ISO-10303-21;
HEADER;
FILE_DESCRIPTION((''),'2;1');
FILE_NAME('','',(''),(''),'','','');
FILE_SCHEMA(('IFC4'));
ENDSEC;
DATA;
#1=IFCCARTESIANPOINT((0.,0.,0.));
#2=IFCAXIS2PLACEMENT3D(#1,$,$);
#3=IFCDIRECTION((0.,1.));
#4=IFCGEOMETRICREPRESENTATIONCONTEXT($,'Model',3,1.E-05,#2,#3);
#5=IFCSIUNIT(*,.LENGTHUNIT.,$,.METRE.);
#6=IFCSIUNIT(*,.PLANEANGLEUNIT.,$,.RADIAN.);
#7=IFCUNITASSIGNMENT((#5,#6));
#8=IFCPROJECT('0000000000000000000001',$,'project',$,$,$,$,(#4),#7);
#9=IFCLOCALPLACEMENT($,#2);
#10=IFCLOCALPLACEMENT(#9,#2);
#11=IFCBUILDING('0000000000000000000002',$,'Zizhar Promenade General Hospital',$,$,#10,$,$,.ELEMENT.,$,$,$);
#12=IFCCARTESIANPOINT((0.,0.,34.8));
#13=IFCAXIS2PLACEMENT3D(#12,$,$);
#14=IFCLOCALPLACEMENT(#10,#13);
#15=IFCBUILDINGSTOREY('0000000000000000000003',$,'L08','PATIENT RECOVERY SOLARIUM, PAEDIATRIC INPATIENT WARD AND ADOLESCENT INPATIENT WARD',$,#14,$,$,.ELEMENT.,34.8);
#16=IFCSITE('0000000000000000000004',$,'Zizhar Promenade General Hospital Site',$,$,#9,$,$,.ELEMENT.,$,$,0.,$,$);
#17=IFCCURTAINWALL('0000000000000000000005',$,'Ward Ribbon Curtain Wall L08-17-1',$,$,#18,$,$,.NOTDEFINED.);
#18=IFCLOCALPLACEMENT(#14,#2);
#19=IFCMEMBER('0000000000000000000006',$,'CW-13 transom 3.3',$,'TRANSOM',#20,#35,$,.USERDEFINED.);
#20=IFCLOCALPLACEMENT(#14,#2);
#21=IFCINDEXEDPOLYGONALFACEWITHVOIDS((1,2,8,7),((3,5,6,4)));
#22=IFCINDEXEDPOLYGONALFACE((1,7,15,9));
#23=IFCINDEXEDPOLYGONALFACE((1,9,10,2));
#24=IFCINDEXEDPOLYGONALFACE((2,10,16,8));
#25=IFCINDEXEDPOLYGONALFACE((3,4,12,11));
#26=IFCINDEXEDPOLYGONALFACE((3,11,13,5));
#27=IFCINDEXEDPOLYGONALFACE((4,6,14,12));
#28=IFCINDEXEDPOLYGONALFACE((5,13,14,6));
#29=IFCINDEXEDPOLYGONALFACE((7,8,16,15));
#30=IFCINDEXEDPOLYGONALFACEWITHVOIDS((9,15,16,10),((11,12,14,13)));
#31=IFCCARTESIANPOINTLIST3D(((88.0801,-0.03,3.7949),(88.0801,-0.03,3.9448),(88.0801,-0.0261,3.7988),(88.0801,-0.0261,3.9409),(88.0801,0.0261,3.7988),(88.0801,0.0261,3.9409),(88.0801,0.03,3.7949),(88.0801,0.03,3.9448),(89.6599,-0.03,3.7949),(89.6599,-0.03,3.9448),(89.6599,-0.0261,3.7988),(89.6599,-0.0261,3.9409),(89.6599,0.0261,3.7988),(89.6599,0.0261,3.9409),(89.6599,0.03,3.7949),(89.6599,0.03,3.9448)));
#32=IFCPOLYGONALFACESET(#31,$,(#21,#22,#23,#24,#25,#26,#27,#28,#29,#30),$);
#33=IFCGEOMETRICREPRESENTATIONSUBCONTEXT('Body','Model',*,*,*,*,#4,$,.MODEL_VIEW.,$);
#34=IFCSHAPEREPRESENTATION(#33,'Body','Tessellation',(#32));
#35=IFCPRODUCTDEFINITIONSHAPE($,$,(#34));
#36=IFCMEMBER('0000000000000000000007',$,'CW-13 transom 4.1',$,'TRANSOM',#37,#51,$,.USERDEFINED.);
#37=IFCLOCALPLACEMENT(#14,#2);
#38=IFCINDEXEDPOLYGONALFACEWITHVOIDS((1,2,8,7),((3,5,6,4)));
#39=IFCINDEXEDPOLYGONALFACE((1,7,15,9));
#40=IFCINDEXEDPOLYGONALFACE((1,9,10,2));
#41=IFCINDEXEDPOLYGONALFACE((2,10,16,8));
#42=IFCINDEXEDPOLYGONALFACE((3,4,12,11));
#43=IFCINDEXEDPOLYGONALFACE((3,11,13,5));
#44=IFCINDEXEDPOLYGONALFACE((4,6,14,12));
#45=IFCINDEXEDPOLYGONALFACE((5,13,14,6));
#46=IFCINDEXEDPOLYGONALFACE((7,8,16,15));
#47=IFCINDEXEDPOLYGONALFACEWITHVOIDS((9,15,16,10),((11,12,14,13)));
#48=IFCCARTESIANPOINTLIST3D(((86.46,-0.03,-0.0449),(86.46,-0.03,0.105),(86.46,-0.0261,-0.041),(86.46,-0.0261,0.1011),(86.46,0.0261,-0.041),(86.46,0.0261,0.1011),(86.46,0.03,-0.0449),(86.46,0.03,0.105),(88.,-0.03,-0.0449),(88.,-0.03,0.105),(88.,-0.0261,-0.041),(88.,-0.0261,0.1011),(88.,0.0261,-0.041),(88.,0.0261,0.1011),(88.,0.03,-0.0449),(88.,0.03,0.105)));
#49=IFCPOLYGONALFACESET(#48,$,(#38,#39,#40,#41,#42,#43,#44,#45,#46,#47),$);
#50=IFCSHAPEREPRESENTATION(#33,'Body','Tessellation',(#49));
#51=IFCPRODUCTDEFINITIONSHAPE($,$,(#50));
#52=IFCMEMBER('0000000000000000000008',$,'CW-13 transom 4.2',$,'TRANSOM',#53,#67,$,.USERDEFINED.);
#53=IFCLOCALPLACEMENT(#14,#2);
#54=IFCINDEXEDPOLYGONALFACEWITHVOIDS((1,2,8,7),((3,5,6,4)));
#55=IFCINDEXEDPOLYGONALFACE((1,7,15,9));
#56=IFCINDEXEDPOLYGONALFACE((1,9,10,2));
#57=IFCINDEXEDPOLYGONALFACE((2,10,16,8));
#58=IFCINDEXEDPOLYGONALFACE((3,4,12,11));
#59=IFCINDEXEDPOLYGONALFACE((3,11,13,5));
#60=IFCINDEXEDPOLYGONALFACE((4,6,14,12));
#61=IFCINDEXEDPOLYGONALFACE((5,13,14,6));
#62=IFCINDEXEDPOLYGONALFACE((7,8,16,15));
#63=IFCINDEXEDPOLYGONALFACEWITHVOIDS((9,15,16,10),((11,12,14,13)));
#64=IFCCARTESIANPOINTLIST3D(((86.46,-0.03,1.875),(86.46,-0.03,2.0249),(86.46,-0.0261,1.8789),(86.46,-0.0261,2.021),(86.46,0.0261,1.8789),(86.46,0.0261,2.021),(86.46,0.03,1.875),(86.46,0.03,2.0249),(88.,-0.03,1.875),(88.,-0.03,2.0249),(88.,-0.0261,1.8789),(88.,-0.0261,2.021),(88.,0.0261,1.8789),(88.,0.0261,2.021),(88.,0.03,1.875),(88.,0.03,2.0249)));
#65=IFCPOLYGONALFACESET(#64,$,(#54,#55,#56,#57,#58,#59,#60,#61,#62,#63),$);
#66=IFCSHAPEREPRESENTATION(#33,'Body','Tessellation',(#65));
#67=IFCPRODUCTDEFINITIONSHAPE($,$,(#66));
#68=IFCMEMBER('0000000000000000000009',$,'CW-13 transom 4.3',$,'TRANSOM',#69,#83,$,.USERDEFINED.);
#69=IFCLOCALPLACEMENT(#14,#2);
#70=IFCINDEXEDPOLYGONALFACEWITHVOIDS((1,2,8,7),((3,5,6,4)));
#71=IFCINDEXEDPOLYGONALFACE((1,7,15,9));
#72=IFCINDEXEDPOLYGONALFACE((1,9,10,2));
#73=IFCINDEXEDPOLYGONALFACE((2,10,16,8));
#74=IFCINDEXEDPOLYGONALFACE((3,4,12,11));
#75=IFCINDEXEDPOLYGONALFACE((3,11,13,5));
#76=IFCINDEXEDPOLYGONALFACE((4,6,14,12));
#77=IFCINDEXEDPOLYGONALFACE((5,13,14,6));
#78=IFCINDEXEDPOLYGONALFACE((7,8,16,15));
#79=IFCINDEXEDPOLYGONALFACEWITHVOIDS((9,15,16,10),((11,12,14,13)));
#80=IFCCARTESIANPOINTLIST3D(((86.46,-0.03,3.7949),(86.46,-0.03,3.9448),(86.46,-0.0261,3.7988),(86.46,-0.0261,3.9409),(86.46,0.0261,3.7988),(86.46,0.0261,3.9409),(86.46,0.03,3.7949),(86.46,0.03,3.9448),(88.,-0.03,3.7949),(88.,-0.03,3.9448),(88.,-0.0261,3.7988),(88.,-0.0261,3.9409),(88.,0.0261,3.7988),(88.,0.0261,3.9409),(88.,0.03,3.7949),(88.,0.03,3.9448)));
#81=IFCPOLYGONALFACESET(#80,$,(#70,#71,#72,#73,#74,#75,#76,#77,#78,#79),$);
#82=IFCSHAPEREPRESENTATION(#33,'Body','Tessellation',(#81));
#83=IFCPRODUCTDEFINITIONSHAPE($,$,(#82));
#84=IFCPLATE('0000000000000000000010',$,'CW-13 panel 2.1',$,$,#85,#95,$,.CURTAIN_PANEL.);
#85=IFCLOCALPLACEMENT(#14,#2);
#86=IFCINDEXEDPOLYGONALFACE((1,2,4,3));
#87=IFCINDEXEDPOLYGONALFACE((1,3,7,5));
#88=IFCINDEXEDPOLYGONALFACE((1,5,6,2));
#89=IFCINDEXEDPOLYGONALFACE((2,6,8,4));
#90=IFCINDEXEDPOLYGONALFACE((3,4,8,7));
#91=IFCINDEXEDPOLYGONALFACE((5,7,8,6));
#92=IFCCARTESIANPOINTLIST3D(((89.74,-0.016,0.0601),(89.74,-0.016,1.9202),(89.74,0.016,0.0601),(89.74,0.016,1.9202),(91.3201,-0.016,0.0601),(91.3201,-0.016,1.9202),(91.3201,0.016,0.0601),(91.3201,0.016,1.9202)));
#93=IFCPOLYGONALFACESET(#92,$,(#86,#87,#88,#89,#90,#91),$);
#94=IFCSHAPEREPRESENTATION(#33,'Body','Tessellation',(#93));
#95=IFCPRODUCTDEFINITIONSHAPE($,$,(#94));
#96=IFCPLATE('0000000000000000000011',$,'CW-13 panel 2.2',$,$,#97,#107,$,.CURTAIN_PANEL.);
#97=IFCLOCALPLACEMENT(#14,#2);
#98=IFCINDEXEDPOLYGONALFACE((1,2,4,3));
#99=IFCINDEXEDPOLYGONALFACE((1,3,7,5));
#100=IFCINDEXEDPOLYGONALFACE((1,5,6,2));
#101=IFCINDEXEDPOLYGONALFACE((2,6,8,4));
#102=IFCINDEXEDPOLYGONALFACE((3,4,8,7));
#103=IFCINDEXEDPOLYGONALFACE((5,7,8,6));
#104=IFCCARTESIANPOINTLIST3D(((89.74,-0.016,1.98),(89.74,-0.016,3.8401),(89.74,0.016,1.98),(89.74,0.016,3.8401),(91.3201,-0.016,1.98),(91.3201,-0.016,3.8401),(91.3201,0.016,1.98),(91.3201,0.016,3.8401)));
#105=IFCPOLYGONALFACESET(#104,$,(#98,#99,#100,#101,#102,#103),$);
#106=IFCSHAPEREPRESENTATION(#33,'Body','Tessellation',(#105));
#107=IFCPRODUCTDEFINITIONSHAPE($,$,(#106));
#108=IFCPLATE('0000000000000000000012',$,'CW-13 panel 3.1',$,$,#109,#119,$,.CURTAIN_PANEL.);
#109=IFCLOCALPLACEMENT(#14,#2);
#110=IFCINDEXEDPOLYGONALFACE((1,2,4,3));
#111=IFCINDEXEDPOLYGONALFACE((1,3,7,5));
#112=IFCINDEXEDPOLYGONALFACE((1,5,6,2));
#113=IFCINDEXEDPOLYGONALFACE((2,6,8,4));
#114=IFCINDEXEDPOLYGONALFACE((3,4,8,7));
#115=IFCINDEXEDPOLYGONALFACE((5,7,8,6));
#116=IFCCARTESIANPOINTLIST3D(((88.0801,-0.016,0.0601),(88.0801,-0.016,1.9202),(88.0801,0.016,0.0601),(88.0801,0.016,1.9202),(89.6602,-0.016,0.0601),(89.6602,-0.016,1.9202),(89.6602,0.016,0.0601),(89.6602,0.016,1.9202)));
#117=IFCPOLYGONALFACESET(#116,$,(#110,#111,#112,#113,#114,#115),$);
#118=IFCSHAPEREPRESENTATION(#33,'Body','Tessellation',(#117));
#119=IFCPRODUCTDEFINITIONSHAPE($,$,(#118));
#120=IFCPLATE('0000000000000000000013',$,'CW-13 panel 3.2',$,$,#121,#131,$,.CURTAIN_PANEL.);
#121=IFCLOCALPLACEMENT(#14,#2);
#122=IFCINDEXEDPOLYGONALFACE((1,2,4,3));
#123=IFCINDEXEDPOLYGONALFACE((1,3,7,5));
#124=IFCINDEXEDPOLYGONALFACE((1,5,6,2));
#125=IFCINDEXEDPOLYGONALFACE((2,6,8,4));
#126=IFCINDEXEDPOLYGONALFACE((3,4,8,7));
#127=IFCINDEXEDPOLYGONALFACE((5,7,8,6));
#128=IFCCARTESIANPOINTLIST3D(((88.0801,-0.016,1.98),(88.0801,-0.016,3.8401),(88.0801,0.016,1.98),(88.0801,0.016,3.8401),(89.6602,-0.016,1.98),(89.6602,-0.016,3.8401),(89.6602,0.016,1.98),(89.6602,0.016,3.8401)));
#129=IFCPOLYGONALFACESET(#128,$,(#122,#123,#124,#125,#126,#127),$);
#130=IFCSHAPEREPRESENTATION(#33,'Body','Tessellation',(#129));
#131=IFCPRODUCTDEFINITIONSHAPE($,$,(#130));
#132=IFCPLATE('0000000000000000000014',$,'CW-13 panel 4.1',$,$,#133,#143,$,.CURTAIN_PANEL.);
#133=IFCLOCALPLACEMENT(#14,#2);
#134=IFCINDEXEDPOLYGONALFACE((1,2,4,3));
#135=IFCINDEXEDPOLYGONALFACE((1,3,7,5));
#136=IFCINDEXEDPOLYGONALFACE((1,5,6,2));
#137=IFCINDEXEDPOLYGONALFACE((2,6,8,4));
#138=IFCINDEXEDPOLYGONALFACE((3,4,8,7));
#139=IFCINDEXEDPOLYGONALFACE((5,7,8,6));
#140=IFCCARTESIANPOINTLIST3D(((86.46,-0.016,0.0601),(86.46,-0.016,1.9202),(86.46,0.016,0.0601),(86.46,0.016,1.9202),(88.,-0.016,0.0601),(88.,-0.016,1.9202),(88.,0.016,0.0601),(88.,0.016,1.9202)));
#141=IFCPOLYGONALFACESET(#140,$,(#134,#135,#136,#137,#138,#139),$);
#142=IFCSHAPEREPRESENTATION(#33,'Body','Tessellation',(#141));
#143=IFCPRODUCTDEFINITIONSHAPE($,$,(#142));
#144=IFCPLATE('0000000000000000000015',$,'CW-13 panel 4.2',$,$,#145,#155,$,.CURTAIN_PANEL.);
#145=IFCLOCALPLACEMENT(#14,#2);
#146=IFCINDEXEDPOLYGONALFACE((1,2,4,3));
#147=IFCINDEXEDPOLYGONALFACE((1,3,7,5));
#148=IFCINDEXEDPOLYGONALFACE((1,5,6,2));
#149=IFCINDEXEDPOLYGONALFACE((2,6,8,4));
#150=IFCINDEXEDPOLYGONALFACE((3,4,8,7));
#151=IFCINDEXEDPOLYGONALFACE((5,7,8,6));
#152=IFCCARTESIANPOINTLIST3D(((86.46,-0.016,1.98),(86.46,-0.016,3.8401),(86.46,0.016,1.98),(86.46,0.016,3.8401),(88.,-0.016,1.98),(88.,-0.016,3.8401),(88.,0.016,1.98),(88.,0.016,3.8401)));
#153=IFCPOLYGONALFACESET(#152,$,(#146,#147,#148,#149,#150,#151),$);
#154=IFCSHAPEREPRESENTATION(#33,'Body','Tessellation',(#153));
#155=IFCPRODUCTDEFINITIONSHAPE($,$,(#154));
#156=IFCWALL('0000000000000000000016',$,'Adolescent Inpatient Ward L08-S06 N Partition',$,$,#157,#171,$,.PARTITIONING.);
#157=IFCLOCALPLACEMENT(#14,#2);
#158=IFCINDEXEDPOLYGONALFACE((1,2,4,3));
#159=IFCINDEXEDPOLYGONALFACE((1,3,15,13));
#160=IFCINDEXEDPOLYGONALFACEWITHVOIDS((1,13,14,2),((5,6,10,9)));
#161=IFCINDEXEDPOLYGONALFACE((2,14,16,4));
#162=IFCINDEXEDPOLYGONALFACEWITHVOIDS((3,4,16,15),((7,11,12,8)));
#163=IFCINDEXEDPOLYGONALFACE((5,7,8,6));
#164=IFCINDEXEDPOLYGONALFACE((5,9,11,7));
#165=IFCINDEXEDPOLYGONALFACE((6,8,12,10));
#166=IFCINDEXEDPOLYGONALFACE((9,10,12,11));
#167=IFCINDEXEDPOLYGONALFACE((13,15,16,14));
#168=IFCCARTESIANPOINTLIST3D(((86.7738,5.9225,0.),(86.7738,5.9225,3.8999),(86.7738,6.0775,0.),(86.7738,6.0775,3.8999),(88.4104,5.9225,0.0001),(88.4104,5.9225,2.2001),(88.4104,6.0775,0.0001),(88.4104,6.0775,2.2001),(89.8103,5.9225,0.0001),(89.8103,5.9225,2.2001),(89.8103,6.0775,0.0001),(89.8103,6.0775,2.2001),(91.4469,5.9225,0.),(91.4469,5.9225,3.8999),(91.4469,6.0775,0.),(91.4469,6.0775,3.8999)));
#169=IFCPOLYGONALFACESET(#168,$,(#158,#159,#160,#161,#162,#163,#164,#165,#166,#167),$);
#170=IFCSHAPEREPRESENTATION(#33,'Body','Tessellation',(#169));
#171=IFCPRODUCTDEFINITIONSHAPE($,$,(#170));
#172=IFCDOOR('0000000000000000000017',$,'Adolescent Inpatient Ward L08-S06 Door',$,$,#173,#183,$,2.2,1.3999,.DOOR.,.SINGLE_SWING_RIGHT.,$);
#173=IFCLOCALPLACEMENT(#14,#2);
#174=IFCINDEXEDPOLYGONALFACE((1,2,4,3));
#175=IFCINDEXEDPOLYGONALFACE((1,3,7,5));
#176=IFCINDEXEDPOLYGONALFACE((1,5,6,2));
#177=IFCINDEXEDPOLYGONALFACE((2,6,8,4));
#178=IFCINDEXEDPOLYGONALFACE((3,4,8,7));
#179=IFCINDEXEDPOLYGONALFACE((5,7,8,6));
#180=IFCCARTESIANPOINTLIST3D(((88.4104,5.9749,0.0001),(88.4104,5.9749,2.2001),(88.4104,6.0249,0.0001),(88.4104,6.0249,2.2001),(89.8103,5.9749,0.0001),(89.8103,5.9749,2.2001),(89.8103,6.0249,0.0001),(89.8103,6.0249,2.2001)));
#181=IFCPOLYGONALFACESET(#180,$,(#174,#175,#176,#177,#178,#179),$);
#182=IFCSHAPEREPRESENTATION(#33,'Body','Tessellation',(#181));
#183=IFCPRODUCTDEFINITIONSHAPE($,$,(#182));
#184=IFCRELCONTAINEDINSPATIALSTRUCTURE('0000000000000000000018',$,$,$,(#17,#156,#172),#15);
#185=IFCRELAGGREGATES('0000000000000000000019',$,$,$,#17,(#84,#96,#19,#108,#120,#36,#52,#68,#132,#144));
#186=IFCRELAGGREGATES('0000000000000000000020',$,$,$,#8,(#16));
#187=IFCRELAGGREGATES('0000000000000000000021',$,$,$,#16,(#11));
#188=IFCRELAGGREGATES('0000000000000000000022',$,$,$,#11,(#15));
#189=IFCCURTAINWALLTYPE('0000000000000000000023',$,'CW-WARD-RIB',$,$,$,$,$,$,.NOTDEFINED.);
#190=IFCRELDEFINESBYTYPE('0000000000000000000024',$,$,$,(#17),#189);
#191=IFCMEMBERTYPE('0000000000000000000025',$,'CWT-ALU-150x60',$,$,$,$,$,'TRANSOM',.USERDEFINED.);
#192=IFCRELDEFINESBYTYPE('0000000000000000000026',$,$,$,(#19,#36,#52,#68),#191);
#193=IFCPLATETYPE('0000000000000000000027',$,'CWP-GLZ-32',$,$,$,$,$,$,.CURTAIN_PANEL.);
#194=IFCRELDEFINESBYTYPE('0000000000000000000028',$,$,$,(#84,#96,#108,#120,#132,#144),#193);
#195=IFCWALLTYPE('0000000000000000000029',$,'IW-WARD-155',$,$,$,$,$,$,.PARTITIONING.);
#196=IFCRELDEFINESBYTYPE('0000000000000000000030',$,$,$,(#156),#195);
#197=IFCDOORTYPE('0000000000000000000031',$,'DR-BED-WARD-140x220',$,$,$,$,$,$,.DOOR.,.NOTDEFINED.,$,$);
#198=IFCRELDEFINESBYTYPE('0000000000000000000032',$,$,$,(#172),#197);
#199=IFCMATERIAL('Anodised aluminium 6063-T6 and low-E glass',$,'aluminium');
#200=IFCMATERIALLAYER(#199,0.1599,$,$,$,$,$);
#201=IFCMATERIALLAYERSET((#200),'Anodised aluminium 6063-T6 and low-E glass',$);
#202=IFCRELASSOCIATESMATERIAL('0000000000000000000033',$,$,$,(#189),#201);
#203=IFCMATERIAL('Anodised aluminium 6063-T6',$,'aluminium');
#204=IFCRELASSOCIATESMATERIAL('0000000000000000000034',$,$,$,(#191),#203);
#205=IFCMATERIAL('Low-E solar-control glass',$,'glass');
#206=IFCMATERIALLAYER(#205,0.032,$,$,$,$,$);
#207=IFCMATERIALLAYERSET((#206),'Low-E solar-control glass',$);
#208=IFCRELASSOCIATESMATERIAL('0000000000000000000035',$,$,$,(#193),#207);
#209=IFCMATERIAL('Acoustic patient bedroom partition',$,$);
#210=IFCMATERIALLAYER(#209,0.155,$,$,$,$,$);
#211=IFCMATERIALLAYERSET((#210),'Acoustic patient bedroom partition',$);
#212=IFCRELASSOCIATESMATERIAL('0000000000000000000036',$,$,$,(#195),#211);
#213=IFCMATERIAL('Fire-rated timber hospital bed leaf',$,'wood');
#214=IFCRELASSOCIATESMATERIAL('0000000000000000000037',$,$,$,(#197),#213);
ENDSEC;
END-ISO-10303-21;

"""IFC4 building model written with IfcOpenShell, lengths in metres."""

from ifc_helpers import new_model, si_unit, direction, frame, frame_2d, origin, origin_2d, place, context, subcontext, project, spatial, rectangle, hollow_rectangle, extrude, material, layer, layer_set, material_profile, profile_set, type_object, element, fill, aggregate, save


model = new_model("IFC4")

# Units and contexts
model_context = context("Model", 3, precision=1e-05, world=origin(), true_north=direction((0.0, 1.0)))
body_context = subcontext(model_context, "Body", "Model", "MODEL_VIEW")
ifc_project = project(units=[si_unit("LENGTHUNIT", "METRE"), si_unit("PLANEANGLEUNIT", "RADIAN")], contexts=[model_context])

# Site, building, storey
site_placement = place(None, origin())
site = spatial("IfcSite", under=ifc_project, at=site_placement, Name="Zizhar Promenade General Hospital Site", CompositionType="ELEMENT", RefElevation=0.0)
building_placement = place(site_placement, origin())
building = spatial("IfcBuilding", under=site, at=building_placement, Name="Zizhar Promenade General Hospital", CompositionType="ELEMENT")
storey_placement = place(building_placement, frame((0.0, 0.0, 34.8)))
storey = spatial("IfcBuildingStorey", under=building, at=storey_placement, Name="L08", Description="PATIENT RECOVERY SOLARIUM, PAEDIATRIC INPATIENT WARD AND ADOLESCENT INPATIENT WARD", CompositionType="ELEMENT", Elevation=34.8)

# Curtain wall, members, plates
ifc_material_1 = material(Name="Anodised aluminium 6063-T6 and low-E glass", Category="aluminium")
ifc_layer_1 = layer(ifc_material_1, 0.1599)
ifc_layer_set_1 = layer_set([ifc_layer_1], Name="Anodised aluminium 6063-T6 and low-E glass")
curtain_wall_type = type_object("IfcCurtainWallType", Name="CW-WARD-RIB", PredefinedType="NOTDEFINED", material=ifc_layer_set_1)
curtain_wall_placement = place(storey_placement, origin())
curtain_wall = element("IfcCurtainWall", 1, at=curtain_wall_placement, inside=storey, type_object=curtain_wall_type, Name="Ward Ribbon Curtain Wall L08-17-1", PredefinedType="NOTDEFINED")
ifc_material_2 = material(Name="Anodised aluminium 6063-T6", Category="aluminium")
ifc_material_profile_1 = material_profile(ifc_material_2, hollow_rectangle(XDim=0.0601, YDim=0.1499, WallThickness=0.0039, at=origin_2d()))
ifc_profile_set_1 = profile_set([ifc_material_profile_1], Name="Anodised aluminium 6063-T6")
member_type_1 = type_object("IfcMemberType", Name="CWT-ALU-150x60", ElementType="TRANSOM", PredefinedType="USERDEFINED", material=ifc_profile_set_1)
member_1_placement = place(storey_placement, frame((89.6599, 0.0, 3.8699), z_axis=(-1.0, 0.0, 0.0), x_axis=(0.0, -1.0, 0.0)))
member_1 = element("IfcMember", 2, at=member_1_placement, type_object=member_type_1, Name="CW-13 transom 3.3", ObjectType="TRANSOM", PredefinedType="USERDEFINED", context=body_context, shape_type="SweptSolid", body=[
    extrude(hollow_rectangle(XDim=0.0601, YDim=0.1499, WallThickness=0.0039, at=origin_2d()), origin(), (0.0, 0.0, 1.0), 1.5798),
])
member_2_placement = place(storey_placement, frame((88.0, 0.0, 0.03), z_axis=(-1.0, 0.0, 0.0), x_axis=(0.0, -1.0, 0.0)))
member_2 = element("IfcMember", 3, at=member_2_placement, type_object=member_type_1, Name="CW-13 transom 4.1", ObjectType="TRANSOM", PredefinedType="USERDEFINED", context=body_context, shape_type="SweptSolid", body=[
    extrude(hollow_rectangle(XDim=0.0601, YDim=0.1499, WallThickness=0.0039, at=origin_2d()), origin(), (0.0, 0.0, 1.0), 1.54),
])
member_3_placement = place(storey_placement, frame((88.0, 0.0, 1.95), z_axis=(-1.0, 0.0, 0.0), x_axis=(0.0, -1.0, 0.0)))
member_3 = element("IfcMember", 4, at=member_3_placement, type_object=member_type_1, Name="CW-13 transom 4.2", ObjectType="TRANSOM", PredefinedType="USERDEFINED", context=body_context, shape_type="SweptSolid", body=[
    extrude(hollow_rectangle(XDim=0.0601, YDim=0.1499, WallThickness=0.0039, at=origin_2d()), origin(), (0.0, 0.0, 1.0), 1.54),
])
member_4_placement = place(storey_placement, frame((88.0, 0.0, 3.8699), z_axis=(-1.0, 0.0, 0.0), x_axis=(0.0, -1.0, 0.0)))
member_4 = element("IfcMember", 5, at=member_4_placement, type_object=member_type_1, Name="CW-13 transom 4.3", ObjectType="TRANSOM", PredefinedType="USERDEFINED", context=body_context, shape_type="SweptSolid", body=[
    extrude(hollow_rectangle(XDim=0.0601, YDim=0.1499, WallThickness=0.0039, at=origin_2d()), origin(), (0.0, 0.0, 1.0), 1.54),
])
ifc_material_3 = material(Name="Low-E solar-control glass", Category="glass")
ifc_layer_2 = layer(ifc_material_3, 0.032)
ifc_layer_set_2 = layer_set([ifc_layer_2], Name="Low-E solar-control glass")
plate_type = type_object("IfcPlateType", Name="CWP-GLZ-32", PredefinedType="CURTAIN_PANEL", material=ifc_layer_set_2)
plate_1_placement = place(storey_placement, frame((90.53, 0.0, 0.0601), z_axis=(0.0, 0.0, 1.0), x_axis=(-1.0, 0.0, 0.0)))
plate_1 = element("IfcPlate", 6, at=plate_1_placement, type_object=plate_type, Name="CW-13 panel 2.1", PredefinedType="CURTAIN_PANEL", context=body_context, shape_type="SweptSolid", body=[
    extrude(rectangle(XDim=1.5801, YDim=0.032, at=origin_2d()), origin(), (0.0, 0.0, 1.0), 1.8601),
])
plate_2_placement = place(storey_placement, frame((90.53, 0.0, 1.98), z_axis=(0.0, 0.0, 1.0), x_axis=(-1.0, 0.0, 0.0)))
plate_2 = element("IfcPlate", 7, at=plate_2_placement, type_object=plate_type, Name="CW-13 panel 2.2", PredefinedType="CURTAIN_PANEL", context=body_context, shape_type="SweptSolid", body=[
    extrude(rectangle(XDim=1.5801, YDim=0.032, at=origin_2d()), origin(), (0.0, 0.0, 1.0), 1.8601),
])
plate_3_placement = place(storey_placement, frame((88.8701, 0.0, 0.0601), z_axis=(0.0, 0.0, 1.0), x_axis=(-1.0, 0.0, 0.0)))
plate_3 = element("IfcPlate", 8, at=plate_3_placement, type_object=plate_type, Name="CW-13 panel 3.1", PredefinedType="CURTAIN_PANEL", context=body_context, shape_type="SweptSolid", body=[
    extrude(rectangle(XDim=1.5801, YDim=0.032, at=origin_2d()), origin(), (0.0, 0.0, 1.0), 1.8601),
])
plate_4_placement = place(storey_placement, frame((88.8701, 0.0, 1.98), z_axis=(0.0, 0.0, 1.0), x_axis=(-1.0, 0.0, 0.0)))
plate_4 = element("IfcPlate", 9, at=plate_4_placement, type_object=plate_type, Name="CW-13 panel 3.2", PredefinedType="CURTAIN_PANEL", context=body_context, shape_type="SweptSolid", body=[
    extrude(rectangle(XDim=1.5801, YDim=0.032, at=origin_2d()), origin(), (0.0, 0.0, 1.0), 1.8601),
])
plate_5_placement = place(storey_placement, frame((87.23, 0.0, 0.0601), z_axis=(0.0, 0.0, 1.0), x_axis=(-1.0, 0.0, 0.0)))
plate_5 = element("IfcPlate", 10, at=plate_5_placement, type_object=plate_type, Name="CW-13 panel 4.1", PredefinedType="CURTAIN_PANEL", context=body_context, shape_type="SweptSolid", body=[
    extrude(rectangle(XDim=1.54, YDim=0.032, at=origin_2d()), origin(), (0.0, 0.0, 1.0), 1.8601),
])
plate_6_placement = place(storey_placement, frame((87.23, 0.0, 1.98), z_axis=(0.0, 0.0, 1.0), x_axis=(-1.0, 0.0, 0.0)))
plate_6 = element("IfcPlate", 11, at=plate_6_placement, type_object=plate_type, Name="CW-13 panel 4.2", PredefinedType="CURTAIN_PANEL", context=body_context, shape_type="SweptSolid", body=[
    extrude(rectangle(XDim=1.54, YDim=0.032, at=origin_2d()), origin(), (0.0, 0.0, 1.0), 1.8601),
])
aggregate(curtain_wall, [plate_1, plate_2, member_1, plate_3, plate_4, member_2, member_3, member_4, plate_5, plate_6])

# Wall, opening, door
ifc_material_4 = material(Name="Acoustic patient bedroom partition")
ifc_layer_3 = layer(ifc_material_4, 0.155)
ifc_layer_set_3 = layer_set([ifc_layer_3], Name="Acoustic patient bedroom partition")
wall_type_1 = type_object("IfcWallType", Name="IW-WARD-155", PredefinedType="PARTITIONING", material=ifc_layer_set_3)
wall_1_placement = place(storey_placement, frame((86.7739, 6.0, 0.0), z_axis=(0.0, 0.0, 1.0), x_axis=(1.0, 0.0, 0.0)))
wall_1 = element("IfcWall", 12, at=wall_1_placement, inside=storey, type_object=wall_type_1, Name="Adolescent Inpatient Ward L08-S06 N Partition", PredefinedType="PARTITIONING", context=body_context, shape_type="SweptSolid", body=[
    extrude(rectangle(XDim=4.6731, YDim=0.155, at=frame_2d((2.3364, 0.0))), origin(), (0.0, 0.0, 1.0), 3.8999),
])
opening_1_placement = place(wall_1_placement, frame((1.6365, 0.0, 0.0)))
opening_1 = element("IfcOpeningElement", 13, at=opening_1_placement, cuts=wall_1, PredefinedType="OPENING", context=body_context, shape_type="SweptSolid", body=[
    extrude(rectangle(XDim=1.3999, YDim=2.2, at=frame_2d((0.7, 1.1001))), frame((0.0, 0.0874, 0.0), z_axis=(0.0, -1.0, 0.0), x_axis=(1.0, 0.0, 0.0)), (0.0, 0.0, 1.0), 0.175),
])
ifc_material_5 = material(Name="Fire-rated timber hospital bed leaf", Category="wood")
door_type_1 = type_object("IfcDoorType", Name="DR-BED-WARD-140x220", OperationType="NOTDEFINED", PredefinedType="DOOR", material=ifc_material_5)
door_1_placement = place(opening_1_placement, origin())
door_1 = element("IfcDoor", 14, at=door_1_placement, inside=storey, type_object=door_type_1, Name="Adolescent Inpatient Ward L08-S06 Door", OperationType="SINGLE_SWING_RIGHT", OverallHeight=2.2, OverallWidth=1.3999, PredefinedType="DOOR", context=body_context, shape_type="SweptSolid", body=[
    extrude(rectangle(XDim=1.3999, YDim=2.2, at=frame_2d((0.7, 1.1001))), frame((0.0, 0.0249, 0.0), z_axis=(0.0, -1.0, 0.0), x_axis=(1.0, 0.0, 0.0)), (0.0, 0.0, 1.0), 0.05),
])
fill(opening_1, door_1)

save(model, "model.ifc")
